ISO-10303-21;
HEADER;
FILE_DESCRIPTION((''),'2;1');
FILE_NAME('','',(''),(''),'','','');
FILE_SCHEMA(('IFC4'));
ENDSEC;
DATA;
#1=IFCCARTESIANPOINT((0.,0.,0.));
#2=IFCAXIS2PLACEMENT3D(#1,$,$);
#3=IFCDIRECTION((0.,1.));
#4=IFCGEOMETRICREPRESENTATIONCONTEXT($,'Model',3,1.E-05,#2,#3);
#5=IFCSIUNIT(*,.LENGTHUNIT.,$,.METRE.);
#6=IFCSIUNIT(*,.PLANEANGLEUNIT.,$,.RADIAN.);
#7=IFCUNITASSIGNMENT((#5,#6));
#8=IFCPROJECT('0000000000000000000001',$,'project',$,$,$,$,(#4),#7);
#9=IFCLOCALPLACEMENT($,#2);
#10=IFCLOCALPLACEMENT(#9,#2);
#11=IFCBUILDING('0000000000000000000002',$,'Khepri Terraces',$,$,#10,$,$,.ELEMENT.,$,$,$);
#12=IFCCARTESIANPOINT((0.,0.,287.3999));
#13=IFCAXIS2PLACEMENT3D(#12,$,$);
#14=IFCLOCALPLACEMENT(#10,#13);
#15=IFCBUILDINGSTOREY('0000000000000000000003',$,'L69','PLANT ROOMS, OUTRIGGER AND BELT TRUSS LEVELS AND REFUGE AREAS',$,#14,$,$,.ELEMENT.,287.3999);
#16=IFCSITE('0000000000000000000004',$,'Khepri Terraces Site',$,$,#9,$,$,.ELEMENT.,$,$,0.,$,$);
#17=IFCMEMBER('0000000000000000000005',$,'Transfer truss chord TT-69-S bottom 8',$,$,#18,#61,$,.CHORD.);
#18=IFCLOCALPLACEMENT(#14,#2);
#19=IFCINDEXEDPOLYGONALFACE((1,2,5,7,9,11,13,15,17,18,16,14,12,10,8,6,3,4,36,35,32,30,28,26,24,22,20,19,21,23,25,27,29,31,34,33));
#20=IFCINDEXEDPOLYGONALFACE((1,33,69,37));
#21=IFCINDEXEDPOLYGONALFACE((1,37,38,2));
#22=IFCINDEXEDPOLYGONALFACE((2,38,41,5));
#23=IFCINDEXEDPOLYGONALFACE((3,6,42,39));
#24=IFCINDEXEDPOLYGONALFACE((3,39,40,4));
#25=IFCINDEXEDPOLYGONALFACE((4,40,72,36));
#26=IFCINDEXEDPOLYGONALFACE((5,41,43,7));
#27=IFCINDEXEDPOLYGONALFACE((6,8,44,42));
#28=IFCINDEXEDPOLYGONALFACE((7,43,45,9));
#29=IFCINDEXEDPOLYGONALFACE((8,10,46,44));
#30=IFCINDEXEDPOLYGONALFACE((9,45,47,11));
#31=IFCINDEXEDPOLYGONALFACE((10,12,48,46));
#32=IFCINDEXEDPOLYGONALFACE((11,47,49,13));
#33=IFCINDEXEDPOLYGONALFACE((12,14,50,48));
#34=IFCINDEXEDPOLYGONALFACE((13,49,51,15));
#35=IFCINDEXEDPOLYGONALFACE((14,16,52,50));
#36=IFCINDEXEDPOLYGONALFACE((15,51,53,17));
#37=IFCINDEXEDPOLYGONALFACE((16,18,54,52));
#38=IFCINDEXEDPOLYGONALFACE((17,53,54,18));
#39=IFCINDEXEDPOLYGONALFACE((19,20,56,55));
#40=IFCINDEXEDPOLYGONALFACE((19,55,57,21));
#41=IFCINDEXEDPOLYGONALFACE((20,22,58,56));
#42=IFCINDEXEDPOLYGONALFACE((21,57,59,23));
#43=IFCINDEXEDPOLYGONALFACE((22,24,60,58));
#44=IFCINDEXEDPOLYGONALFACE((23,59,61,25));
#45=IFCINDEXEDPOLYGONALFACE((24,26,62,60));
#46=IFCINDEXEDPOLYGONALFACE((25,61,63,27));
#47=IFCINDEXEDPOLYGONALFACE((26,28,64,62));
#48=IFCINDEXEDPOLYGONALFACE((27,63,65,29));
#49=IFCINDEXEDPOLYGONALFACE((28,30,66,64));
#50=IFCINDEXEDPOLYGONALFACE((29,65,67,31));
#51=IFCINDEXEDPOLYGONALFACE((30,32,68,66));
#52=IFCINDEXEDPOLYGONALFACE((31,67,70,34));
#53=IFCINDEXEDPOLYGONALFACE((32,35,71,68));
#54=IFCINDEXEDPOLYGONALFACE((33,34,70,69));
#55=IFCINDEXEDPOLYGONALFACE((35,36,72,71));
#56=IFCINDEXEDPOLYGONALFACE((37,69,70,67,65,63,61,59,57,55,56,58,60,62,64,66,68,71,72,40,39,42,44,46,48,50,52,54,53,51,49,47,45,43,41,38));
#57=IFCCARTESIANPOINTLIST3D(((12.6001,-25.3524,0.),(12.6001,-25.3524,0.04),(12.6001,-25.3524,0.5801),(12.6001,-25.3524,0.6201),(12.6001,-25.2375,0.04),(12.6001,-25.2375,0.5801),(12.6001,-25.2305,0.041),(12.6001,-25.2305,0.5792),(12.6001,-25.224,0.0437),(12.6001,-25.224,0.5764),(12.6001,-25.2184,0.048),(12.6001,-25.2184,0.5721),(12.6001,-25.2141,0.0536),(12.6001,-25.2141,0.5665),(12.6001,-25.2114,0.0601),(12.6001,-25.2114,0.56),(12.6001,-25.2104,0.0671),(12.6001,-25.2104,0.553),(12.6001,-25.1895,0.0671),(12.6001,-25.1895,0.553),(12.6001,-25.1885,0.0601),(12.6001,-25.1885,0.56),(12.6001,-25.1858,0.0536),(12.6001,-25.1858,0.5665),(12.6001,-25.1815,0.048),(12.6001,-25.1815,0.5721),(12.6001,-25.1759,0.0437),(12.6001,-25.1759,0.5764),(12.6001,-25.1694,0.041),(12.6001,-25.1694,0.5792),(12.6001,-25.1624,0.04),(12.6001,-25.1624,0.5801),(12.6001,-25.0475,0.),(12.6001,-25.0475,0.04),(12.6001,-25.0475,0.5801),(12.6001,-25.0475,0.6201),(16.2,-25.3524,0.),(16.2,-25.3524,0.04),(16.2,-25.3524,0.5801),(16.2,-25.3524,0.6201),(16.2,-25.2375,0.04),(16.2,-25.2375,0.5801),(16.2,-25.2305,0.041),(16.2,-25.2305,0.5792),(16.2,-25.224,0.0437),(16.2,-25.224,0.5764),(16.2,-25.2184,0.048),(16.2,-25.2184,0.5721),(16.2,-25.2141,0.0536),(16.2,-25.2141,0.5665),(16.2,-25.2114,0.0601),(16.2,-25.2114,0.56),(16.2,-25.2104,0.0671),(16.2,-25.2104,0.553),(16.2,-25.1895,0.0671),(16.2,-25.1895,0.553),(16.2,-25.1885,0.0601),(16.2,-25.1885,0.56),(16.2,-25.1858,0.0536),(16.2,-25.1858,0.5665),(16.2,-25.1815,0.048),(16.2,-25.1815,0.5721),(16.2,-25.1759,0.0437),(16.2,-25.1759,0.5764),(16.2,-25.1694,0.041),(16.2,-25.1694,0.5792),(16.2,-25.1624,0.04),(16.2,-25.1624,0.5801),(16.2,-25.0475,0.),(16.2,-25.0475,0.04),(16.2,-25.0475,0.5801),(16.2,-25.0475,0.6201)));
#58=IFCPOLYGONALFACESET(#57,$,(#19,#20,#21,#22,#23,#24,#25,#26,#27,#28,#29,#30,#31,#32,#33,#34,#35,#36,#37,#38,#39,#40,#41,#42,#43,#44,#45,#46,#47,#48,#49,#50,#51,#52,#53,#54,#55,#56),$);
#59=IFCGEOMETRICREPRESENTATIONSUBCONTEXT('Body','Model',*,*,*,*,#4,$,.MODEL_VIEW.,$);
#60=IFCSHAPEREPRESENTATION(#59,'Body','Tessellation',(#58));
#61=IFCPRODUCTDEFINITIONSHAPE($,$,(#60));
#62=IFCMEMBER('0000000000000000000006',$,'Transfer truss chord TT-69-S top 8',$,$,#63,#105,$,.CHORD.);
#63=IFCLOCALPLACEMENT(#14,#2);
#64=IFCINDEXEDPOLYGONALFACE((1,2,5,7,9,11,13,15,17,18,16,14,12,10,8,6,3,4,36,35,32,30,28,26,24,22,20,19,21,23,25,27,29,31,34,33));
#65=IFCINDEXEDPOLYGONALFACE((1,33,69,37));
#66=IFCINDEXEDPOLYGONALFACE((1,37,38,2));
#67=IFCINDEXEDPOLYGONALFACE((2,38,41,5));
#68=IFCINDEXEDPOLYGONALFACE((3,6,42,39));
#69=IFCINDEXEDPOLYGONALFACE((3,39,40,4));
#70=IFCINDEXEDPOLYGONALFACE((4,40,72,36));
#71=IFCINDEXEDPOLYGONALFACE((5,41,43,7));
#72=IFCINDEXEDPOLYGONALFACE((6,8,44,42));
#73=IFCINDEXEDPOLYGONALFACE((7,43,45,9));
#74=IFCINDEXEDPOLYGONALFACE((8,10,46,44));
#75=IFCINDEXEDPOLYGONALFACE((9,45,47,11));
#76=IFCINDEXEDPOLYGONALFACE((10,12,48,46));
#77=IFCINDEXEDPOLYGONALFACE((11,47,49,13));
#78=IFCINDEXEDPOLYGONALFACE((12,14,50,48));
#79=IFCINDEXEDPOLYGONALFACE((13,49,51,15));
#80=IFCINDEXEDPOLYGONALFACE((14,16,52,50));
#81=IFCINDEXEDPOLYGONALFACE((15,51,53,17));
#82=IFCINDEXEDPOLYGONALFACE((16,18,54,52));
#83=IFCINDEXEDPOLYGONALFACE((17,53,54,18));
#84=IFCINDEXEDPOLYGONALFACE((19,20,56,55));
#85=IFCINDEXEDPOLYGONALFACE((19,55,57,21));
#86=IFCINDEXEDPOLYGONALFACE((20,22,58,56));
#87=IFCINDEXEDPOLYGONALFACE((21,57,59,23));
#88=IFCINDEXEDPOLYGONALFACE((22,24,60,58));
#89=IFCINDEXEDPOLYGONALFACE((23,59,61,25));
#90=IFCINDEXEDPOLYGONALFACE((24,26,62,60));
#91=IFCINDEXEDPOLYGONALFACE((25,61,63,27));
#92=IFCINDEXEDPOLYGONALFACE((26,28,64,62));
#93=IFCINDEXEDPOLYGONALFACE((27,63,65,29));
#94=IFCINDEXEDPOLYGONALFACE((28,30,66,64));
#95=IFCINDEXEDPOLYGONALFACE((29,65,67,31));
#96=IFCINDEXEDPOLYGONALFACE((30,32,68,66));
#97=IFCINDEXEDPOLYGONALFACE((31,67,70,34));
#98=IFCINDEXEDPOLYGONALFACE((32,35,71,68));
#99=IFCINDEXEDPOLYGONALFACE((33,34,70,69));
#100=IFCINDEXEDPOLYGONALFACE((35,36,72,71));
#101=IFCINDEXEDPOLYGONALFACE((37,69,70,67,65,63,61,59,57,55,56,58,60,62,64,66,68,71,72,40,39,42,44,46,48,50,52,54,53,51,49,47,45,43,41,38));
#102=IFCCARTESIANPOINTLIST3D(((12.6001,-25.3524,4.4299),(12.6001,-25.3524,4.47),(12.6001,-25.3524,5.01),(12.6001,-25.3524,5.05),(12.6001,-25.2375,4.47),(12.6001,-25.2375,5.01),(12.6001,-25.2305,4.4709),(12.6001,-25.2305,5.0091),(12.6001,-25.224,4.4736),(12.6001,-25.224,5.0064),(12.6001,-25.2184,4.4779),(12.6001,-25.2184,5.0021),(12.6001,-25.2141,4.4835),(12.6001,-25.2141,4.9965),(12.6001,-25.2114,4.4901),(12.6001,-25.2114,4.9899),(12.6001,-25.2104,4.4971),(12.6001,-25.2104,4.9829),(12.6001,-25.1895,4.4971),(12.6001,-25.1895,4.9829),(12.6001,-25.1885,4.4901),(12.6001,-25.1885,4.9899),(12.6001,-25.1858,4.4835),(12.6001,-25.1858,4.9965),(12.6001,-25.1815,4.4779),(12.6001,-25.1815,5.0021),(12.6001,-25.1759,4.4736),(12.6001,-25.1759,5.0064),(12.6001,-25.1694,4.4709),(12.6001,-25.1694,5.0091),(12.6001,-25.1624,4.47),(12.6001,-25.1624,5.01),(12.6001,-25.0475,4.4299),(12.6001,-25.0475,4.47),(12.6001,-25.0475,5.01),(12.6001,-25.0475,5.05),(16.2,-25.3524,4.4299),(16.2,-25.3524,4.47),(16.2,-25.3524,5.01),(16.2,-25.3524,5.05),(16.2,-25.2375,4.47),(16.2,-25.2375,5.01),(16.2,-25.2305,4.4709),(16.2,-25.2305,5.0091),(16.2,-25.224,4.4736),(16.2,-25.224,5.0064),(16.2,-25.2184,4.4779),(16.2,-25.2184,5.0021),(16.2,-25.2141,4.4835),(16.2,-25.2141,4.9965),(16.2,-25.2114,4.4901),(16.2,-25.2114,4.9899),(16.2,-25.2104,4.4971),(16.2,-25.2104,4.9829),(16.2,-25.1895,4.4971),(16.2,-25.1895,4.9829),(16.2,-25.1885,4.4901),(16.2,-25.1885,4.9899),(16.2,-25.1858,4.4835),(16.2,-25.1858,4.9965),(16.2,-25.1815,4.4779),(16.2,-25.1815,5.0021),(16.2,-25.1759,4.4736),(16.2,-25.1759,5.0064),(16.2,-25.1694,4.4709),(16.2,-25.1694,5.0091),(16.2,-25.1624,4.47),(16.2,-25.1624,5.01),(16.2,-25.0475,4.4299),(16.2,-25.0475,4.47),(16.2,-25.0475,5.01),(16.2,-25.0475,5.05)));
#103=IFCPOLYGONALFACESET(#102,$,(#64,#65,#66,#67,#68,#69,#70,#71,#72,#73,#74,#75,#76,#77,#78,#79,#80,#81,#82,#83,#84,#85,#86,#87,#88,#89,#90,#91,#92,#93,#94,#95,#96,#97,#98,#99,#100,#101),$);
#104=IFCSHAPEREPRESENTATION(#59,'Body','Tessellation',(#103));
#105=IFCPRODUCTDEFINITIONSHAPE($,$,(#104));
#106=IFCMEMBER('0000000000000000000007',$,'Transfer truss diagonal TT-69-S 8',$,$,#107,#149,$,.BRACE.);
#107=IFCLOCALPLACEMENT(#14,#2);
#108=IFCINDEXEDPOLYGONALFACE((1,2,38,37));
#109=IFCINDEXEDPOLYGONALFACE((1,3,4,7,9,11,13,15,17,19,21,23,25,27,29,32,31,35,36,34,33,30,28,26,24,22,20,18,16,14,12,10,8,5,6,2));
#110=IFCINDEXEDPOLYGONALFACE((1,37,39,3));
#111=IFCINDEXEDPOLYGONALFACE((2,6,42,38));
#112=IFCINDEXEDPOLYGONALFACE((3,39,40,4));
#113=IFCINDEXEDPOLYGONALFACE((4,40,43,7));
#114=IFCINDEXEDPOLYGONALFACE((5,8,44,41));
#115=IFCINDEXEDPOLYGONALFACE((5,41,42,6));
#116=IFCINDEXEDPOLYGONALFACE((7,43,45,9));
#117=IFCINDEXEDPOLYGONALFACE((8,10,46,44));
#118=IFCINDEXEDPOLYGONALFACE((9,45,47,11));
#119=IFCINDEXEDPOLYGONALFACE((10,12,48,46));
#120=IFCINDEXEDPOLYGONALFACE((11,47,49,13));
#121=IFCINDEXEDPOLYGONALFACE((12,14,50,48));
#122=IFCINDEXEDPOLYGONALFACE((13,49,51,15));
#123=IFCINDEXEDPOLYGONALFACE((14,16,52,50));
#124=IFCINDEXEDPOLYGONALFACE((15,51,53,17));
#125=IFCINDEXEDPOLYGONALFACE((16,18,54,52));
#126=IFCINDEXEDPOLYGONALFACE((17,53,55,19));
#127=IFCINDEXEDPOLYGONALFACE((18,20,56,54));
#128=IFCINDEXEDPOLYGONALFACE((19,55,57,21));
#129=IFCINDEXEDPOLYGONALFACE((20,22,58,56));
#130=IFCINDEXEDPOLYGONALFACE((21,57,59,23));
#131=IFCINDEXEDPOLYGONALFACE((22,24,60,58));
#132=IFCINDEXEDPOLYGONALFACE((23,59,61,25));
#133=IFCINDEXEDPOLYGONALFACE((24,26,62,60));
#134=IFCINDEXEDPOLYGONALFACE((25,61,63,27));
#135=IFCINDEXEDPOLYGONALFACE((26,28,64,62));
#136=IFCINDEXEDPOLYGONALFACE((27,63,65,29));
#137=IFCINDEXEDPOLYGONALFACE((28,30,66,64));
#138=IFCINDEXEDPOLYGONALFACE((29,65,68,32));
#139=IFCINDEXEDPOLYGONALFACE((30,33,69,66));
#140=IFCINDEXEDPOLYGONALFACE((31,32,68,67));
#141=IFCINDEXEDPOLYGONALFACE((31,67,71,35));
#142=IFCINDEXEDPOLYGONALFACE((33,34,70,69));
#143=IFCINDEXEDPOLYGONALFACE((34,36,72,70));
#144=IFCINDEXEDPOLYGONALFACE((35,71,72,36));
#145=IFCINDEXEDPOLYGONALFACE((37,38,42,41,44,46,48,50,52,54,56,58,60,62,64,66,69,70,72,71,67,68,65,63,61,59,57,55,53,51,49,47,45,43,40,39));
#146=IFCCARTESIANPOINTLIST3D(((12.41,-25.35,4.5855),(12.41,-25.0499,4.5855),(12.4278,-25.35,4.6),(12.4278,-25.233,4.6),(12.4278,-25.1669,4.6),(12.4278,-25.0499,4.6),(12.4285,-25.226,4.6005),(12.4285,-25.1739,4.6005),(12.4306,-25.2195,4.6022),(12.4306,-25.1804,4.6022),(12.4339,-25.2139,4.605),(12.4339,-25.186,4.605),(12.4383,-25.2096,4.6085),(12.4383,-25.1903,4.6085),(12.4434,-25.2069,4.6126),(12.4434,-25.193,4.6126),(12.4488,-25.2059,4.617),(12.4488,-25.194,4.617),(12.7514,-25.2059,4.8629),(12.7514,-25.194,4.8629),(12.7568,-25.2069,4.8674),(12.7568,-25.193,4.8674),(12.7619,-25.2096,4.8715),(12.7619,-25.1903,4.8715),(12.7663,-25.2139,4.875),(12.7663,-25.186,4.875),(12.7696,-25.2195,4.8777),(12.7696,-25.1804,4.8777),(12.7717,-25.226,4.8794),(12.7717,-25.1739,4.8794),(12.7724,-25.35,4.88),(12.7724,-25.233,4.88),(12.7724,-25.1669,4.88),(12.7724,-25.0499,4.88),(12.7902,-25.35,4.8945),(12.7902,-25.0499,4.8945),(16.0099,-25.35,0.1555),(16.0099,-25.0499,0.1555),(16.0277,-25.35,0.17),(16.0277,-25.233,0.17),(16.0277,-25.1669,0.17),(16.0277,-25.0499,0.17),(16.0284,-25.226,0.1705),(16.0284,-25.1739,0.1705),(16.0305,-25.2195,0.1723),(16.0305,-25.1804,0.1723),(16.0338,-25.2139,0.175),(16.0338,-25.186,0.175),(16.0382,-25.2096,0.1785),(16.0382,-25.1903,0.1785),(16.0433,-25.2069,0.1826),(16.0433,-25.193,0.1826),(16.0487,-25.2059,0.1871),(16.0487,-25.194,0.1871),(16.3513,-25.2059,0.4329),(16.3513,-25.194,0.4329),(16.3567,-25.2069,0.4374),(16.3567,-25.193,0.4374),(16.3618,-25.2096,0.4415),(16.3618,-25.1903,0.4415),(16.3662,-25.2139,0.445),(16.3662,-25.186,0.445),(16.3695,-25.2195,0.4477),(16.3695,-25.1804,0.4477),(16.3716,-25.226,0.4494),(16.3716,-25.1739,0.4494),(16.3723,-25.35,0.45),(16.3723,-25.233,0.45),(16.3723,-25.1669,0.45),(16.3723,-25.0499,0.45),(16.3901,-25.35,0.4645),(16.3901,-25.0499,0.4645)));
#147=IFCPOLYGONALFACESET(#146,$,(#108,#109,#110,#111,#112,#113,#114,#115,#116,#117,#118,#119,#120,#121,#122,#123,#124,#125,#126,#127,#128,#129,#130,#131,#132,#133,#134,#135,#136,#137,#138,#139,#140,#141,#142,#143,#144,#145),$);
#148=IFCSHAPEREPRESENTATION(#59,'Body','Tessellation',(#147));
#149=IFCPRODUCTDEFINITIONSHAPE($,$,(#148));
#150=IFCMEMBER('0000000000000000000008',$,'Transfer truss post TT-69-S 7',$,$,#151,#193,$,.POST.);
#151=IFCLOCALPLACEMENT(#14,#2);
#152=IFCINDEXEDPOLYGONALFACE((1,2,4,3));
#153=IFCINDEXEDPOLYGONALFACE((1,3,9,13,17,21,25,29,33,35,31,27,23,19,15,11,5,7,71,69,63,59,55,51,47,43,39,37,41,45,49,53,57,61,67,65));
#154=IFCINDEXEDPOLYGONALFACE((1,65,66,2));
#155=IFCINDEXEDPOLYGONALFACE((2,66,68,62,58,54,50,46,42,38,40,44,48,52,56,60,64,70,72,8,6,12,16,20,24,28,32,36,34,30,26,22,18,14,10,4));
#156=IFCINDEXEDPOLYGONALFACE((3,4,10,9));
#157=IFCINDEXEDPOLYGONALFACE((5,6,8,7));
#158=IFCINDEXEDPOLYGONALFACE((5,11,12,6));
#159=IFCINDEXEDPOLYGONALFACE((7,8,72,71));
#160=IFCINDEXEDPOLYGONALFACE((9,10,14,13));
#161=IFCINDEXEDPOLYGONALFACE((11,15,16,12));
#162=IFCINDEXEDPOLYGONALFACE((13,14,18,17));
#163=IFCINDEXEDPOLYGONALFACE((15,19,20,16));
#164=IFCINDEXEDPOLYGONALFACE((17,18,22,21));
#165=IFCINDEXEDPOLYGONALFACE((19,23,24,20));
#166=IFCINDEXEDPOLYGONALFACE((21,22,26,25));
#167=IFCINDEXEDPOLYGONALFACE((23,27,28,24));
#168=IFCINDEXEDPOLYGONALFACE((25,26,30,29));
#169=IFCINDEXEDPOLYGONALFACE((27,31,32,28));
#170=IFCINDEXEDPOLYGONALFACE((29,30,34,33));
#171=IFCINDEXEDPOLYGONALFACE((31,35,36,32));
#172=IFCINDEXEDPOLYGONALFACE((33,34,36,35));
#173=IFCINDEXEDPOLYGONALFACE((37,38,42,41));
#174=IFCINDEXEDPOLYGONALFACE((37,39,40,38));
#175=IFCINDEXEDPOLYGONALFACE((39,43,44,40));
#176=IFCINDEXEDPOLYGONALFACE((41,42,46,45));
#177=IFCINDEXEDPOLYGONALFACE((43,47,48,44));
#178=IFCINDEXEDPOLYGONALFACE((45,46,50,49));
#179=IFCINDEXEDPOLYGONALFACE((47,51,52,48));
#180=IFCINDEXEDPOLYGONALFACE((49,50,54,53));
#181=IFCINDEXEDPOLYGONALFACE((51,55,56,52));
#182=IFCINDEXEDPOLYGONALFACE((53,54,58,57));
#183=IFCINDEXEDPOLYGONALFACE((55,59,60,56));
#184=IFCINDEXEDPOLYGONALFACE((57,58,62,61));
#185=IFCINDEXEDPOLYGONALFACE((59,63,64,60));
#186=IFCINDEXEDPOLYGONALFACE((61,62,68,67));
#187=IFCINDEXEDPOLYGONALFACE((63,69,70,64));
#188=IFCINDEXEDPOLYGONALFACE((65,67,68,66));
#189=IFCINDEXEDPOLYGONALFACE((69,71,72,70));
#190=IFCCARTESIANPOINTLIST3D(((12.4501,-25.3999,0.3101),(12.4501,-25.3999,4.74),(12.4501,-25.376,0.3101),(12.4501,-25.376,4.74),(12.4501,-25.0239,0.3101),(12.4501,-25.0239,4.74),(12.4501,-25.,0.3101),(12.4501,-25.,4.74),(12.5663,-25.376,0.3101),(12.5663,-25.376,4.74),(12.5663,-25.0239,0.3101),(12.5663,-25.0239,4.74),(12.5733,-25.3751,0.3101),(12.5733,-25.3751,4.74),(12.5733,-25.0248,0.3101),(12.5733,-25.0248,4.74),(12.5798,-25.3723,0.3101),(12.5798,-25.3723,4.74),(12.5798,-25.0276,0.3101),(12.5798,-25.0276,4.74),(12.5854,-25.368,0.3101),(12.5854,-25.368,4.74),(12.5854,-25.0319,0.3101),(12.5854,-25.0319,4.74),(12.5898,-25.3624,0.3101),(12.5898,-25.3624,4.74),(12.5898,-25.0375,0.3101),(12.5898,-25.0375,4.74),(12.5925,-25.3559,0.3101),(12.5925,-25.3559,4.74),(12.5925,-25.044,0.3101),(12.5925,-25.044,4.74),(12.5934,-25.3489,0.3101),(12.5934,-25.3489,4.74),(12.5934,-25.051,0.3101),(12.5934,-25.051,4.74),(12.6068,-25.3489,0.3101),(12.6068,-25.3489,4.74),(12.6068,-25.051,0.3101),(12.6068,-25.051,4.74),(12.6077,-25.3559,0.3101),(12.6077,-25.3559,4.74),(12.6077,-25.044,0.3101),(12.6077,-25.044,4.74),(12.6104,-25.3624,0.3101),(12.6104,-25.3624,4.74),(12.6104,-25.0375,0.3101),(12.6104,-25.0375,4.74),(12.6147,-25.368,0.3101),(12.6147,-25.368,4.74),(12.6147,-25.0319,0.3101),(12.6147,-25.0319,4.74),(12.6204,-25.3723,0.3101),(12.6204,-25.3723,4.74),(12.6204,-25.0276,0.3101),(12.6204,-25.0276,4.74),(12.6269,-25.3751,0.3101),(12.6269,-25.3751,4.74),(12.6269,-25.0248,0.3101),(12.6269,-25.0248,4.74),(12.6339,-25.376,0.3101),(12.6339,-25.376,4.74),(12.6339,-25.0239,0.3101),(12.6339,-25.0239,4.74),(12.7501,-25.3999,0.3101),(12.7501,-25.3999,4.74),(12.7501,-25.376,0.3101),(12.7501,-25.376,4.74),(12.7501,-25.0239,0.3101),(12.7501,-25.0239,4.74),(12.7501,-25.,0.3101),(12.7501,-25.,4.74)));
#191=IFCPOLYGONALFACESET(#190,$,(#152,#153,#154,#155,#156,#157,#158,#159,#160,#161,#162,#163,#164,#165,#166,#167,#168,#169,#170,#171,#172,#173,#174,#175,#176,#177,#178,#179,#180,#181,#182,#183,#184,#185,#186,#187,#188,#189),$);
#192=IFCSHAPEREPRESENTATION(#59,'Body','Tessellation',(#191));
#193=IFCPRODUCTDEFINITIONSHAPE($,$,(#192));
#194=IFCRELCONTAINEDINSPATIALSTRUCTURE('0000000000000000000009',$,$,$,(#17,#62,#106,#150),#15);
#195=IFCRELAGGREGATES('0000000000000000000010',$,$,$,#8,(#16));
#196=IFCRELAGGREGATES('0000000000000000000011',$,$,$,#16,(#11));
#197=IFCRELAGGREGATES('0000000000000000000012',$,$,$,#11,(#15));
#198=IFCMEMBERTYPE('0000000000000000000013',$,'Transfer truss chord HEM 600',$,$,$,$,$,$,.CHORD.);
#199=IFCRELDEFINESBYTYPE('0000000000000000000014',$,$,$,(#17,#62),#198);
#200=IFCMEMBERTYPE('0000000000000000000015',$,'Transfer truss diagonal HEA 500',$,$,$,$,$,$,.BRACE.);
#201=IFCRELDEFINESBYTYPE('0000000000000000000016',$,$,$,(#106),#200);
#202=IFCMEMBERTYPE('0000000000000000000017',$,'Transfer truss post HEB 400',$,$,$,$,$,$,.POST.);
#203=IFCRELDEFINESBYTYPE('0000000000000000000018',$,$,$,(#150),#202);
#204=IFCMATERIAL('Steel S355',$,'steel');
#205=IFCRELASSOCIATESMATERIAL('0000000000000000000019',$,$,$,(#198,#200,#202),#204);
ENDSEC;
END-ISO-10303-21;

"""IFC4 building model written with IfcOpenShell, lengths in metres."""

from ifc_helpers import new_model, si_unit, direction, frame, origin, origin_2d, place, context, subcontext, project, spatial, i_section, extrude, material, material_profile, profile_set, type_object, element, save


model = new_model("IFC4")

# Units and contexts
model_context = context("Model", 3, precision=1e-05, world=origin(), true_north=direction((0.0, 1.0)))
body_context = subcontext(model_context, "Body", "Model", "MODEL_VIEW")
ifc_project = project(units=[si_unit("LENGTHUNIT", "METRE"), si_unit("PLANEANGLEUNIT", "RADIAN")], contexts=[model_context])

# Site, building, storey
site_placement = place(None, origin())
site = spatial("IfcSite", under=ifc_project, at=site_placement, Name="Khepri Terraces Site", CompositionType="ELEMENT", RefElevation=0.0)
building_placement = place(site_placement, origin())
building = spatial("IfcBuilding", under=site, at=building_placement, Name="Khepri Terraces", CompositionType="ELEMENT")
storey_placement = place(building_placement, frame((0.0, 0.0, 287.3999)))
storey = spatial("IfcBuildingStorey", under=building, at=storey_placement, Name="L69", Description="PLANT ROOMS, OUTRIGGER AND BELT TRUSS LEVELS AND REFUGE AREAS", CompositionType="ELEMENT", Elevation=287.3999)

# Members
ifc_material_1 = material(Name="Steel S355", Category="steel")
ifc_material_profile_1 = material_profile(ifc_material_1, i_section(OverallWidth=0.3049, OverallDepth=0.6201, WebThickness=0.021, FlangeThickness=0.04, FilletRadius=0.0271, at=origin_2d()), Name="Steel S355", Category="steel")
ifc_profile_set_1 = profile_set([ifc_material_profile_1], Name="Steel S355")
member_type_1 = type_object("IfcMemberType", Name="Transfer truss chord HEM 600", PredefinedType="CHORD", material=ifc_profile_set_1)
for number, where, z_axis, x_axis, name in (
    (1, (12.6001, -25.2, 0.3101), (1.0, 0.0, 0.0), (0.0, 1.0, 0.0), "Transfer truss chord TT-69-S bottom 8"),
    (2, (12.6001, -25.2, 4.74), (1.0, 0.0, 0.0), (0.0, 1.0, 0.0), "Transfer truss chord TT-69-S top 8"),
):
    element("IfcMember", number, at=place(storey_placement, frame(where, z_axis=z_axis, x_axis=x_axis)), inside=storey, type_object=member_type_1, Name=name, PredefinedType="CHORD", context=body_context, shape_type="SweptSolid", body=[
        extrude(i_section(OverallWidth=0.3049, OverallDepth=0.6201, WebThickness=0.021, FlangeThickness=0.04, FilletRadius=0.0271, at=origin_2d()), origin(), (0.0, 0.0, 1.0), 3.5999),
    ])
ifc_material_profile_2 = material_profile(ifc_material_1, i_section(OverallWidth=0.3, OverallDepth=0.49, WebThickness=0.012, FlangeThickness=0.0229, FilletRadius=0.0271, at=origin_2d()), Name="Steel S355", Category="steel")
ifc_profile_set_2 = profile_set([ifc_material_profile_2], Name="Steel S355")
member_type_2 = type_object("IfcMemberType", Name="Transfer truss diagonal HEA 500", PredefinedType="BRACE", material=ifc_profile_set_2)
member_1_placement = place(storey_placement, frame((12.6001, -25.2, 4.74), z_axis=(0.630649, 0.0, -0.776068), x_axis=(0.0, 1.0, 0.0)))
element("IfcMember", 3, at=member_1_placement, inside=storey, type_object=member_type_2, Name="Transfer truss diagonal TT-69-S 8", PredefinedType="BRACE", context=body_context, shape_type="SweptSolid", body=[
    extrude(i_section(OverallWidth=0.3, OverallDepth=0.49, WebThickness=0.012, FlangeThickness=0.0229, FilletRadius=0.0271, at=origin_2d()), origin(), (0.0, 0.0, 1.0), 5.7083),
])
ifc_material_profile_3 = material_profile(ifc_material_1, i_section(OverallWidth=0.3, OverallDepth=0.3999, WebThickness=0.0134, FlangeThickness=0.0239, FilletRadius=0.0271, at=origin_2d()), Name="Steel S355", Category="steel")
ifc_profile_set_3 = profile_set([ifc_material_profile_3], Name="Steel S355")
member_type_3 = type_object("IfcMemberType", Name="Transfer truss post HEB 400", PredefinedType="POST", material=ifc_profile_set_3)
member_2_placement = place(storey_placement, frame((12.6001, -25.2, 0.3101), z_axis=(0.0, 0.0, 1.0), x_axis=(1.0, 0.0, 0.0)))
element("IfcMember", 4, at=member_2_placement, inside=storey, type_object=member_type_3, Name="Transfer truss post TT-69-S 7", PredefinedType="POST", context=body_context, shape_type="SweptSolid", body=[
    extrude(i_section(OverallWidth=0.3, OverallDepth=0.3999, WebThickness=0.0134, FlangeThickness=0.0239, FilletRadius=0.0271, at=origin_2d()), origin(), (0.0, 0.0, 1.0), 4.4299),
])

save(model, "model.ifc")
